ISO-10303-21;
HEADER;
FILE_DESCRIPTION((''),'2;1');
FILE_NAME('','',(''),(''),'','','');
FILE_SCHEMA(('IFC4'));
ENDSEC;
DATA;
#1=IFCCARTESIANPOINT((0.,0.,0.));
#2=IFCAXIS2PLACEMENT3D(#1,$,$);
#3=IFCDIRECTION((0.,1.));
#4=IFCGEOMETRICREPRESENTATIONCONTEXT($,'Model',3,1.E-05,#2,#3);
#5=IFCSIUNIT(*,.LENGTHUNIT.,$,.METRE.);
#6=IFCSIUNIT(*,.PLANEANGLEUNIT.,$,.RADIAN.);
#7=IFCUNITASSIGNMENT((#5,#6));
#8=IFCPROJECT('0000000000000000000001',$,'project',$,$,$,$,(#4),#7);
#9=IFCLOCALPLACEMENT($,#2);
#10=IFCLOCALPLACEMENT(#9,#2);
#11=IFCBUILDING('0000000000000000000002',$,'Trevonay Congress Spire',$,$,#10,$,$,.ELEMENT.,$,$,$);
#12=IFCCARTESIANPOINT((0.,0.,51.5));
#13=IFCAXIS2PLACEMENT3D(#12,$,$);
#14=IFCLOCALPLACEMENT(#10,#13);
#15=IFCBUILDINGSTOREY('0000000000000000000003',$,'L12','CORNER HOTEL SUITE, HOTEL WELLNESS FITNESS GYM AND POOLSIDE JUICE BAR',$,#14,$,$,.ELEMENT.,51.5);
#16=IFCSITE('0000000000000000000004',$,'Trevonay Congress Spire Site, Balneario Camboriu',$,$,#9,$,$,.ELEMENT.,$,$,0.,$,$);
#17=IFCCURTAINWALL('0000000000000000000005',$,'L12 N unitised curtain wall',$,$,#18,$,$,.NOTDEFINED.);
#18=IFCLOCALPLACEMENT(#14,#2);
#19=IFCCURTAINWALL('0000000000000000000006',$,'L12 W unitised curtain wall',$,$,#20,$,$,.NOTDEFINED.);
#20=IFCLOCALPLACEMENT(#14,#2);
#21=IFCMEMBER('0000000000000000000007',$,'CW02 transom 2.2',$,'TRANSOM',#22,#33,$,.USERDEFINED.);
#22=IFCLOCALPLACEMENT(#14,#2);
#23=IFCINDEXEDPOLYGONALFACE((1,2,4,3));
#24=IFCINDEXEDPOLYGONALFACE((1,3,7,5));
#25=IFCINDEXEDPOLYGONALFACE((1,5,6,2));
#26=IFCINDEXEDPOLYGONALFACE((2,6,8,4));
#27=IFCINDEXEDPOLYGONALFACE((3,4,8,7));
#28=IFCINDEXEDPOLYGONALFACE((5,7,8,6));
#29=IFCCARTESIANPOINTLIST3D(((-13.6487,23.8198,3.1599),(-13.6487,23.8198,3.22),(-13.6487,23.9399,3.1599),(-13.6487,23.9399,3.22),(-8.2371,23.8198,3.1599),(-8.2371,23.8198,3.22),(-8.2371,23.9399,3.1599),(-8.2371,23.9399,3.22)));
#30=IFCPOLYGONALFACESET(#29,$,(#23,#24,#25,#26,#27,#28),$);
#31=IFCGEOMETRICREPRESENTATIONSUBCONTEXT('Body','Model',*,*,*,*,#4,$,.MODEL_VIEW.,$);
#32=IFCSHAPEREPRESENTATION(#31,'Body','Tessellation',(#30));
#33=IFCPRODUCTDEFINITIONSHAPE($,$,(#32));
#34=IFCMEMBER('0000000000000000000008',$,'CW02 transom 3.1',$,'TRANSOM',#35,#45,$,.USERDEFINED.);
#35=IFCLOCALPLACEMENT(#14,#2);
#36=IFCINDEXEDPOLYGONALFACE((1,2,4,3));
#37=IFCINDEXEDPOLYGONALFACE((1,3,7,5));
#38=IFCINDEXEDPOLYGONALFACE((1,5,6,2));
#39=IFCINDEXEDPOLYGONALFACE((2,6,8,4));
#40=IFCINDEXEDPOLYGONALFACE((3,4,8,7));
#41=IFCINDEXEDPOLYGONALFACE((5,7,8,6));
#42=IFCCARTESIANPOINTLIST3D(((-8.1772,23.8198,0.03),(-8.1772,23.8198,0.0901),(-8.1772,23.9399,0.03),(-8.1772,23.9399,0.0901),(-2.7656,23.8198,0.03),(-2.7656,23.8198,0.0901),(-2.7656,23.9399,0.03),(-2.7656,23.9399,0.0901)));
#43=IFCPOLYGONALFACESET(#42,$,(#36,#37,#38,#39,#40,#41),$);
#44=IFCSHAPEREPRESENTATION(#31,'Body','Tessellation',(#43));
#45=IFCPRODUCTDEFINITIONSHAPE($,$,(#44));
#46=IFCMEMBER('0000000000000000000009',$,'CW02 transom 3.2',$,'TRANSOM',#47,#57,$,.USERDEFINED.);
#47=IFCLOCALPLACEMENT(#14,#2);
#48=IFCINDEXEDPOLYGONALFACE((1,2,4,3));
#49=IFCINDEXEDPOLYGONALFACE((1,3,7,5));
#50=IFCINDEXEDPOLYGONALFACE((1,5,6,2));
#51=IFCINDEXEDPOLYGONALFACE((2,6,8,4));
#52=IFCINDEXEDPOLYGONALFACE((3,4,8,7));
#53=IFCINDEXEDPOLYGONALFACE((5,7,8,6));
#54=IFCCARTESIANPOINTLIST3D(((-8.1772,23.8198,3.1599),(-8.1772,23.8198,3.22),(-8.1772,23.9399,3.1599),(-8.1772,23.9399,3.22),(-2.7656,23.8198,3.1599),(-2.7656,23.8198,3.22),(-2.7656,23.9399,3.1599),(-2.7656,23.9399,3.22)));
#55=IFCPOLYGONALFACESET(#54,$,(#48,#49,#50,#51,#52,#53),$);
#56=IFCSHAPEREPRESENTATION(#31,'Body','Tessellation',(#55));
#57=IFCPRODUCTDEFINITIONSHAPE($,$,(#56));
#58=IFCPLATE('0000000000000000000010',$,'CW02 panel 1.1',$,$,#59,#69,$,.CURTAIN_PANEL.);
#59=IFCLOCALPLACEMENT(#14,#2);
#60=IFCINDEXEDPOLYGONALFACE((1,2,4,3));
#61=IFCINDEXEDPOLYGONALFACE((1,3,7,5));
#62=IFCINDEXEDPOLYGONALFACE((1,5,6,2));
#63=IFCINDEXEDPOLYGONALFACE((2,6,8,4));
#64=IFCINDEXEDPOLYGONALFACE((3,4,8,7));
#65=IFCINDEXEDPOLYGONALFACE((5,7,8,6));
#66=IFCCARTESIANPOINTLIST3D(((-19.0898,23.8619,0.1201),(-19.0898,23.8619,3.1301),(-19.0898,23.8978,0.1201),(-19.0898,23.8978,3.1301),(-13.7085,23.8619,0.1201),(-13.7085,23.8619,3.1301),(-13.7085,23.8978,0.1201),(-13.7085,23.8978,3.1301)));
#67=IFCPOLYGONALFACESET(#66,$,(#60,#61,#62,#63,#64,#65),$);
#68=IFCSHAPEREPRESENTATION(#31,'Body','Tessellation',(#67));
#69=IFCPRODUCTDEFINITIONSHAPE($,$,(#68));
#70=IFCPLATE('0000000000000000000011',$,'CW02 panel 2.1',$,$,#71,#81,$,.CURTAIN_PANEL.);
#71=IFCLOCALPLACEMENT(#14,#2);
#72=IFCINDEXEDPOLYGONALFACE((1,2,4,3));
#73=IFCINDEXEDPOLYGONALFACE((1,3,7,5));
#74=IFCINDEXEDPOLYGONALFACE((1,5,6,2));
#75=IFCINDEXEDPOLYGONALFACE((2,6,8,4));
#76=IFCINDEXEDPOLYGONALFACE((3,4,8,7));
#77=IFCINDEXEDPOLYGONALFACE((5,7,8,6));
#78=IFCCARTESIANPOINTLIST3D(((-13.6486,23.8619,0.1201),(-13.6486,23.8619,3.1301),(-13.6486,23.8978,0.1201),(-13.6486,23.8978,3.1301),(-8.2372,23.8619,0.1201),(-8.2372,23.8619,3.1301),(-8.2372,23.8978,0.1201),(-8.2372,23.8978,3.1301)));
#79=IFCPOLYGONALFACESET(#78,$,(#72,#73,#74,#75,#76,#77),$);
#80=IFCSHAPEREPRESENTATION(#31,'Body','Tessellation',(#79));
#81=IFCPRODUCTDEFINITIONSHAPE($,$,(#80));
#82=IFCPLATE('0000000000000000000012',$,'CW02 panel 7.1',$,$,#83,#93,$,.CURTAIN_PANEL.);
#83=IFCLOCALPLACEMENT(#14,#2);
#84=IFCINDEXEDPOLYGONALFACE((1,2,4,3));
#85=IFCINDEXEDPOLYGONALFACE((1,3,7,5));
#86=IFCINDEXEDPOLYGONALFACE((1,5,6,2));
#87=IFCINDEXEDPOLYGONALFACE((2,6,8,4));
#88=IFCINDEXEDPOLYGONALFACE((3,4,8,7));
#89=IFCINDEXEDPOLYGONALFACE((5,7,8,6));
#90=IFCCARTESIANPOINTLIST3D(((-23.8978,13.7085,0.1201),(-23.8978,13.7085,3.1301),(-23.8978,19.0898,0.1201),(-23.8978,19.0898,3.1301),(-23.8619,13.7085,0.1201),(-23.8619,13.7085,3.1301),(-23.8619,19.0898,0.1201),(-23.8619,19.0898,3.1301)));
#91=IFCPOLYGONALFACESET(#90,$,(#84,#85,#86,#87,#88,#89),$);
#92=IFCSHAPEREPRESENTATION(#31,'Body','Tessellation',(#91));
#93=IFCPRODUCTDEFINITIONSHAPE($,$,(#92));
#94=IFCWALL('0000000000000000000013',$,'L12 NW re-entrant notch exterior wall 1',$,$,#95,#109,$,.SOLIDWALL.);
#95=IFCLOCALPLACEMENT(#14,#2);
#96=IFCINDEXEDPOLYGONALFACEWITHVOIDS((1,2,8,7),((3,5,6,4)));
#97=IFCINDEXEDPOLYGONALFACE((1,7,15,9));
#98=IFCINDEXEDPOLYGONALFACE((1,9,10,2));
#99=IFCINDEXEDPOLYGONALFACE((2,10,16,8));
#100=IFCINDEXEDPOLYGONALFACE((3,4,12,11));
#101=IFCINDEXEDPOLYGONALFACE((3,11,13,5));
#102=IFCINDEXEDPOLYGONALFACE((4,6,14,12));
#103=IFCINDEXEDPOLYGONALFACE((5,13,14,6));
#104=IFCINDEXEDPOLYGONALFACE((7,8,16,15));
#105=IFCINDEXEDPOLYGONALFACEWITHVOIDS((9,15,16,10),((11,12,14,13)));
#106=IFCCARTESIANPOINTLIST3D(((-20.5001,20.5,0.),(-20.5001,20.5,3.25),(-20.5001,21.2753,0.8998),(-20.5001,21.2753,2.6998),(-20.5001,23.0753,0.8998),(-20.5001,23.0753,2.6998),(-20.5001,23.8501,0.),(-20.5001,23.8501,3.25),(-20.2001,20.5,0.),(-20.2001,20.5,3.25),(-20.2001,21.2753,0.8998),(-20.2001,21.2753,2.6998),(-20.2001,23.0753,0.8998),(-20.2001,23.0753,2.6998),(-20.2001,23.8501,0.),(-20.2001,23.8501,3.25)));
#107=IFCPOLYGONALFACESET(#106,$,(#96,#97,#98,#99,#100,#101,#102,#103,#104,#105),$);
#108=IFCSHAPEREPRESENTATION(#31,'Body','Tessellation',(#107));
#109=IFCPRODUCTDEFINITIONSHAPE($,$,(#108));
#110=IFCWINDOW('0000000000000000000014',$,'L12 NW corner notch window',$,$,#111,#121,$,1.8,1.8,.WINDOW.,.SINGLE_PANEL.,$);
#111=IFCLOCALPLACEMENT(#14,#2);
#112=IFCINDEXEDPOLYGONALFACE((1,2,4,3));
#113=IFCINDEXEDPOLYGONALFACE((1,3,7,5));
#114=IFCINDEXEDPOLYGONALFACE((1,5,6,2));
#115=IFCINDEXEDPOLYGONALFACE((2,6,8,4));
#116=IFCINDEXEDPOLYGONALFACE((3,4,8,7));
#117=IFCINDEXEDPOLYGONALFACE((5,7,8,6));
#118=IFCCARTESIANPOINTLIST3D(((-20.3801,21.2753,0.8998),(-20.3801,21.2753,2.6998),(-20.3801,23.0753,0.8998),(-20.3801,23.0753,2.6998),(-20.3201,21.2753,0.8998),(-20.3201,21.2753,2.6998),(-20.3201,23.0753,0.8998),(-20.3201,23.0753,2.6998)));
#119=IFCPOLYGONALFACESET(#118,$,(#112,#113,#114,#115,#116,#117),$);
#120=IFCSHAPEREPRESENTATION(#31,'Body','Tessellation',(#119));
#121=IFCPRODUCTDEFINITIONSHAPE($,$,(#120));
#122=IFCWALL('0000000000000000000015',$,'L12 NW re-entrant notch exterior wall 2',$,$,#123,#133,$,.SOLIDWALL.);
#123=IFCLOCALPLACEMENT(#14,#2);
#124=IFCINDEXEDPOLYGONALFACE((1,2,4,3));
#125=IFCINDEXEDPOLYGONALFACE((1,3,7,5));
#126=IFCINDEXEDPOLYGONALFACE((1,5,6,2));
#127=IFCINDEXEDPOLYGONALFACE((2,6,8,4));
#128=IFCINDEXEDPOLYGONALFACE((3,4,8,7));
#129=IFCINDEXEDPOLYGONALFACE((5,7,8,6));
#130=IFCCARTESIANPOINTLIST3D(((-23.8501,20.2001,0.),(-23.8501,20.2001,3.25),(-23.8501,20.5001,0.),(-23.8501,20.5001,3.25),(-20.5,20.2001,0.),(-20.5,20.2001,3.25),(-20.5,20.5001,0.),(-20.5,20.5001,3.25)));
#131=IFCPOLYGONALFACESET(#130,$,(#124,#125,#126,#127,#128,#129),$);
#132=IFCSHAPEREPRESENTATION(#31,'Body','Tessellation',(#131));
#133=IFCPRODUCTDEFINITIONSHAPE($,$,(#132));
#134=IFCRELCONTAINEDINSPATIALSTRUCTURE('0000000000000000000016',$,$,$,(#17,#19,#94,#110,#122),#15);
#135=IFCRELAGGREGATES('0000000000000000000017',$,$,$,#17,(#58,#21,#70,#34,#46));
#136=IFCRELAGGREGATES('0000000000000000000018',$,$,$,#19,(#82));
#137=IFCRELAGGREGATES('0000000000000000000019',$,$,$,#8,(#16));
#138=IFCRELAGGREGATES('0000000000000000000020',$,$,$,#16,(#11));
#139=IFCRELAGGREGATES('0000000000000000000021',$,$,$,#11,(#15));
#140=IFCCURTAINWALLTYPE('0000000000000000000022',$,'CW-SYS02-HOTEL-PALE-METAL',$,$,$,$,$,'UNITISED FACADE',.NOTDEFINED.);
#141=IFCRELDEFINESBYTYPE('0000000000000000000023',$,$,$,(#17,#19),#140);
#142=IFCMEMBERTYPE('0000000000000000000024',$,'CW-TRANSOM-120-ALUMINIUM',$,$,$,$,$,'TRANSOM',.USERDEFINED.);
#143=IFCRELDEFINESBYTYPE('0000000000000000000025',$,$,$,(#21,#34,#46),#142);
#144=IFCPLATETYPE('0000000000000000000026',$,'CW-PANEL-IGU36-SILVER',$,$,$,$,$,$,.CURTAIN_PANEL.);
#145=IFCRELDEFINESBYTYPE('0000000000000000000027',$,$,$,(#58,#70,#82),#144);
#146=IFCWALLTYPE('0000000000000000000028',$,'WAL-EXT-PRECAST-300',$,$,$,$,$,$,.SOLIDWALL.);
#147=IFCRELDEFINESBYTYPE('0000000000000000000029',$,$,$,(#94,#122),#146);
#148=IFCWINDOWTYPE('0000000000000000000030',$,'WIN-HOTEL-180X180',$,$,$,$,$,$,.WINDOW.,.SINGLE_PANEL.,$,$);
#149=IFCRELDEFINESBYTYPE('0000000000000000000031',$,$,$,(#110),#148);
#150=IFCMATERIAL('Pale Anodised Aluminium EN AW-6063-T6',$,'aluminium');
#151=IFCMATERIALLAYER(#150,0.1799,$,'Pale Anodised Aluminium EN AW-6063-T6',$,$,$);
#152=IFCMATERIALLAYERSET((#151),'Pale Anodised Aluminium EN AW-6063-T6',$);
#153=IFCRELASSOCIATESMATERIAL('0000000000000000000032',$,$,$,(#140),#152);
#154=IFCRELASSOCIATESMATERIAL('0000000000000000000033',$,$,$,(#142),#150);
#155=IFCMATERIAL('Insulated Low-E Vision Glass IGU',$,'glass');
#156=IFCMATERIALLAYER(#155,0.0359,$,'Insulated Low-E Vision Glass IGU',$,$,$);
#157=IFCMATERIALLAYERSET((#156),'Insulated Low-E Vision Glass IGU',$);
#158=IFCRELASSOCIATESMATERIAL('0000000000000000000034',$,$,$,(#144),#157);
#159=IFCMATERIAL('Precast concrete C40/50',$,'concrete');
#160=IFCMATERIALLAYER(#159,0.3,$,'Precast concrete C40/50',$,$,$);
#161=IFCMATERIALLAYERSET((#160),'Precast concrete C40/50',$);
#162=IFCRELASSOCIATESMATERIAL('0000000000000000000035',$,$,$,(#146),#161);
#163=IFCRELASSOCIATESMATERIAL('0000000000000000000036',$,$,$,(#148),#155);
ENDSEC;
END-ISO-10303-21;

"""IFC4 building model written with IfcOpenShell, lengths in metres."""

from ifc_helpers import new_model, si_unit, direction, frame, frame_2d, origin, origin_2d, place, context, subcontext, project, spatial, rectangle, extrude, material, layer, layer_set, material_profile, profile_set, type_object, element, fill, aggregate, save


model = new_model("IFC4")

# Units and contexts
model_context = context("Model", 3, precision=1e-05, world=origin(), true_north=direction((0.0, 1.0)))
body_context = subcontext(model_context, "Body", "Model", "MODEL_VIEW")
ifc_project = project(units=[si_unit("LENGTHUNIT", "METRE"), si_unit("PLANEANGLEUNIT", "RADIAN")], contexts=[model_context])

# Site, building, storey
site_placement = place(None, origin())
site = spatial("IfcSite", under=ifc_project, at=site_placement, Name="Trevonay Congress Spire Site, Balneario Camboriu", CompositionType="ELEMENT", RefElevation=0.0)
building_placement = place(site_placement, origin())
building = spatial("IfcBuilding", under=site, at=building_placement, Name="Trevonay Congress Spire", CompositionType="ELEMENT")
storey_placement = place(building_placement, frame((0.0, 0.0, 51.5)))
storey = spatial("IfcBuildingStorey", under=building, at=storey_placement, Name="L12", Description="CORNER HOTEL SUITE, HOTEL WELLNESS FITNESS GYM AND POOLSIDE JUICE BAR", CompositionType="ELEMENT", Elevation=51.5)

# Curtain wall
ifc_material_1 = material(Name="Pale Anodised Aluminium EN AW-6063-T6", Category="aluminium")
ifc_layer_1 = layer(ifc_material_1, 0.1799, Name="Pale Anodised Aluminium EN AW-6063-T6")
ifc_layer_set_1 = layer_set([ifc_layer_1], Name="Pale Anodised Aluminium EN AW-6063-T6")
curtain_wall_type = type_object("IfcCurtainWallType", Name="CW-SYS02-HOTEL-PALE-METAL", ElementType="UNITISED FACADE", PredefinedType="NOTDEFINED", material=ifc_layer_set_1)
curtain_wall_1_placement = place(storey_placement, origin())
curtain_wall_1 = element("IfcCurtainWall", 1, at=curtain_wall_1_placement, inside=storey, type_object=curtain_wall_type, Name="L12 N unitised curtain wall", PredefinedType="NOTDEFINED")

# Curtain wall
curtain_wall_2_placement = place(storey_placement, origin())
curtain_wall_2 = element("IfcCurtainWall", 2, at=curtain_wall_2_placement, inside=storey, type_object=curtain_wall_type, Name="L12 W unitised curtain wall", PredefinedType="NOTDEFINED")

# Members
ifc_material_profile_1 = material_profile(ifc_material_1, rectangle(XDim=0.1201, YDim=0.0601, at=origin_2d()), Name="CW-TRANSOM-120-ALUMINIUM")
ifc_profile_set_1 = profile_set([ifc_material_profile_1], Name="Pale Anodised Aluminium EN AW-6063-T6")
member_type_1 = type_object("IfcMemberType", Name="CW-TRANSOM-120-ALUMINIUM", ElementType="TRANSOM", PredefinedType="USERDEFINED", material=ifc_profile_set_1)
member_1_placement = place(storey_placement, frame((-13.6487, 23.8799, 3.1899), z_axis=(1.0, 0.0, 0.0), x_axis=(0.0, 1.0, 0.0)))
member_1 = element("IfcMember", 3, at=member_1_placement, type_object=member_type_1, Name="CW02 transom 2.2", ObjectType="TRANSOM", PredefinedType="USERDEFINED", context=body_context, shape_type="SweptSolid", body=[
    extrude(rectangle(XDim=0.1201, YDim=0.0601, at=origin_2d()), origin(), (0.0, 0.0, 1.0), 5.4116),
])
member_2_placement = place(storey_placement, frame((-8.1772, 23.8799, 0.0601), z_axis=(1.0, 0.0, 0.0), x_axis=(0.0, 1.0, 0.0)))
member_2 = element("IfcMember", 4, at=member_2_placement, type_object=member_type_1, Name="CW02 transom 3.1", ObjectType="TRANSOM", PredefinedType="USERDEFINED", context=body_context, shape_type="SweptSolid", body=[
    extrude(rectangle(XDim=0.1201, YDim=0.0601, at=origin_2d()), origin(), (0.0, 0.0, 1.0), 5.4116),
])
member_3_placement = place(storey_placement, frame((-8.1772, 23.8799, 3.1899), z_axis=(1.0, 0.0, 0.0), x_axis=(0.0, 1.0, 0.0)))
member_3 = element("IfcMember", 5, at=member_3_placement, type_object=member_type_1, Name="CW02 transom 3.2", ObjectType="TRANSOM", PredefinedType="USERDEFINED", context=body_context, shape_type="SweptSolid", body=[
    extrude(rectangle(XDim=0.1201, YDim=0.0601, at=origin_2d()), origin(), (0.0, 0.0, 1.0), 5.4116),
])

# Plates
ifc_material_2 = material(Name="Insulated Low-E Vision Glass IGU", Category="glass")
ifc_layer_2 = layer(ifc_material_2, 0.0359, Name="Insulated Low-E Vision Glass IGU")
ifc_layer_set_2 = layer_set([ifc_layer_2], Name="Insulated Low-E Vision Glass IGU")
plate_type = type_object("IfcPlateType", Name="CW-PANEL-IGU36-SILVER", PredefinedType="CURTAIN_PANEL", material=ifc_layer_set_2)
plate_1_placement = place(storey_placement, frame((-16.3992, 23.8799, 0.1201), z_axis=(0.0, 0.0, 1.0), x_axis=(1.0, 0.0, 0.0)))
plate_1 = element("IfcPlate", 6, at=plate_1_placement, type_object=plate_type, Name="CW02 panel 1.1", PredefinedType="CURTAIN_PANEL", context=body_context, shape_type="SweptSolid", body=[
    extrude(rectangle(XDim=5.3813, YDim=0.0359, at=origin_2d()), origin(), (0.0, 0.0, 1.0), 3.01),
])
plate_2_placement = place(storey_placement, frame((-10.9429, 23.8799, 0.1201), z_axis=(0.0, 0.0, 1.0), x_axis=(1.0, 0.0, 0.0)))
plate_2 = element("IfcPlate", 7, at=plate_2_placement, type_object=plate_type, Name="CW02 panel 2.1", PredefinedType="CURTAIN_PANEL", context=body_context, shape_type="SweptSolid", body=[
    extrude(rectangle(XDim=5.4114, YDim=0.0359, at=origin_2d()), origin(), (0.0, 0.0, 1.0), 3.01),
])
aggregate(curtain_wall_1, [plate_1, member_1, plate_2, member_2, member_3])
plate_3_placement = place(storey_placement, frame((-23.8799, 16.3992, 0.1201), z_axis=(0.0, 0.0, 1.0), x_axis=(0.0, 1.0, 0.0)))
plate_3 = element("IfcPlate", 8, at=plate_3_placement, type_object=plate_type, Name="CW02 panel 7.1", PredefinedType="CURTAIN_PANEL", context=body_context, shape_type="SweptSolid", body=[
    extrude(rectangle(XDim=5.3813, YDim=0.0359, at=origin_2d()), origin(), (0.0, 0.0, 1.0), 3.01),
])
aggregate(curtain_wall_2, [plate_3])

# Wall, opening, window
ifc_material_3 = material(Name="Precast concrete C40/50", Category="concrete")
ifc_layer_3 = layer(ifc_material_3, 0.3, Name="Precast concrete C40/50")
ifc_layer_set_3 = layer_set([ifc_layer_3], Name="Precast concrete C40/50")
wall_type = type_object("IfcWallType", Name="WAL-EXT-PRECAST-300", PredefinedType="SOLIDWALL", material=ifc_layer_set_3)
wall_1_placement = place(storey_placement, frame((-20.3501, 23.8501, 0.0), z_axis=(0.0, 0.0, 1.0), x_axis=(0.0, -1.0, 0.0)))
wall_1 = element("IfcWall", 9, at=wall_1_placement, inside=storey, type_object=wall_type, Name="L12 NW re-entrant notch exterior wall 1", PredefinedType="SOLIDWALL", context=body_context, shape_type="SweptSolid", body=[
    extrude(rectangle(XDim=3.3501, YDim=0.3, at=frame_2d((1.675, 0.0))), origin(), (0.0, 0.0, 1.0), 3.25),
])
opening_placement = place(wall_1_placement, frame((0.7749, 0.0, 0.8999)))
opening = element("IfcOpeningElement", 10, at=opening_placement, cuts=wall_1, PredefinedType="OPENING", context=body_context, shape_type="SweptSolid", body=[
    extrude(rectangle(XDim=1.8, YDim=1.8, at=frame_2d((0.8999, 0.8999))), frame((0.0, 0.1602, 0.0), z_axis=(0.0, -1.0, 0.0), x_axis=(1.0, 0.0, 0.0)), (0.0, 0.0, 1.0), 0.3201),
])
window_type = type_object("IfcWindowType", Name="WIN-HOTEL-180X180", PartitioningType="SINGLE_PANEL", PredefinedType="WINDOW", material=ifc_material_2)
window_placement = place(opening_placement, origin())
window = element("IfcWindow", 11, at=window_placement, inside=storey, type_object=window_type, Name="L12 NW corner notch window", OverallHeight=1.8, OverallWidth=1.8, PartitioningType="SINGLE_PANEL", PredefinedType="WINDOW", context=body_context, shape_type="SweptSolid", body=[
    extrude(rectangle(XDim=1.8, YDim=1.8, at=frame_2d((0.8999, 0.8999))), frame((0.0, 0.03, 0.0), z_axis=(0.0, -1.0, 0.0), x_axis=(1.0, 0.0, 0.0)), (0.0, 0.0, 1.0), 0.0601),
])
fill(opening, window)

# Wall
wall_2_placement = place(storey_placement, frame((-23.8501, 20.3501, 0.0), z_axis=(0.0, 0.0, 1.0), x_axis=(1.0, 0.0, 0.0)))
element("IfcWall", 12, at=wall_2_placement, inside=storey, type_object=wall_type, Name="L12 NW re-entrant notch exterior wall 2", PredefinedType="SOLIDWALL", context=body_context, shape_type="SweptSolid", body=[
    extrude(rectangle(XDim=3.3501, YDim=0.3, at=frame_2d((1.675, 0.0))), origin(), (0.0, 0.0, 1.0), 3.25),
])

save(model, "model.ifc")
